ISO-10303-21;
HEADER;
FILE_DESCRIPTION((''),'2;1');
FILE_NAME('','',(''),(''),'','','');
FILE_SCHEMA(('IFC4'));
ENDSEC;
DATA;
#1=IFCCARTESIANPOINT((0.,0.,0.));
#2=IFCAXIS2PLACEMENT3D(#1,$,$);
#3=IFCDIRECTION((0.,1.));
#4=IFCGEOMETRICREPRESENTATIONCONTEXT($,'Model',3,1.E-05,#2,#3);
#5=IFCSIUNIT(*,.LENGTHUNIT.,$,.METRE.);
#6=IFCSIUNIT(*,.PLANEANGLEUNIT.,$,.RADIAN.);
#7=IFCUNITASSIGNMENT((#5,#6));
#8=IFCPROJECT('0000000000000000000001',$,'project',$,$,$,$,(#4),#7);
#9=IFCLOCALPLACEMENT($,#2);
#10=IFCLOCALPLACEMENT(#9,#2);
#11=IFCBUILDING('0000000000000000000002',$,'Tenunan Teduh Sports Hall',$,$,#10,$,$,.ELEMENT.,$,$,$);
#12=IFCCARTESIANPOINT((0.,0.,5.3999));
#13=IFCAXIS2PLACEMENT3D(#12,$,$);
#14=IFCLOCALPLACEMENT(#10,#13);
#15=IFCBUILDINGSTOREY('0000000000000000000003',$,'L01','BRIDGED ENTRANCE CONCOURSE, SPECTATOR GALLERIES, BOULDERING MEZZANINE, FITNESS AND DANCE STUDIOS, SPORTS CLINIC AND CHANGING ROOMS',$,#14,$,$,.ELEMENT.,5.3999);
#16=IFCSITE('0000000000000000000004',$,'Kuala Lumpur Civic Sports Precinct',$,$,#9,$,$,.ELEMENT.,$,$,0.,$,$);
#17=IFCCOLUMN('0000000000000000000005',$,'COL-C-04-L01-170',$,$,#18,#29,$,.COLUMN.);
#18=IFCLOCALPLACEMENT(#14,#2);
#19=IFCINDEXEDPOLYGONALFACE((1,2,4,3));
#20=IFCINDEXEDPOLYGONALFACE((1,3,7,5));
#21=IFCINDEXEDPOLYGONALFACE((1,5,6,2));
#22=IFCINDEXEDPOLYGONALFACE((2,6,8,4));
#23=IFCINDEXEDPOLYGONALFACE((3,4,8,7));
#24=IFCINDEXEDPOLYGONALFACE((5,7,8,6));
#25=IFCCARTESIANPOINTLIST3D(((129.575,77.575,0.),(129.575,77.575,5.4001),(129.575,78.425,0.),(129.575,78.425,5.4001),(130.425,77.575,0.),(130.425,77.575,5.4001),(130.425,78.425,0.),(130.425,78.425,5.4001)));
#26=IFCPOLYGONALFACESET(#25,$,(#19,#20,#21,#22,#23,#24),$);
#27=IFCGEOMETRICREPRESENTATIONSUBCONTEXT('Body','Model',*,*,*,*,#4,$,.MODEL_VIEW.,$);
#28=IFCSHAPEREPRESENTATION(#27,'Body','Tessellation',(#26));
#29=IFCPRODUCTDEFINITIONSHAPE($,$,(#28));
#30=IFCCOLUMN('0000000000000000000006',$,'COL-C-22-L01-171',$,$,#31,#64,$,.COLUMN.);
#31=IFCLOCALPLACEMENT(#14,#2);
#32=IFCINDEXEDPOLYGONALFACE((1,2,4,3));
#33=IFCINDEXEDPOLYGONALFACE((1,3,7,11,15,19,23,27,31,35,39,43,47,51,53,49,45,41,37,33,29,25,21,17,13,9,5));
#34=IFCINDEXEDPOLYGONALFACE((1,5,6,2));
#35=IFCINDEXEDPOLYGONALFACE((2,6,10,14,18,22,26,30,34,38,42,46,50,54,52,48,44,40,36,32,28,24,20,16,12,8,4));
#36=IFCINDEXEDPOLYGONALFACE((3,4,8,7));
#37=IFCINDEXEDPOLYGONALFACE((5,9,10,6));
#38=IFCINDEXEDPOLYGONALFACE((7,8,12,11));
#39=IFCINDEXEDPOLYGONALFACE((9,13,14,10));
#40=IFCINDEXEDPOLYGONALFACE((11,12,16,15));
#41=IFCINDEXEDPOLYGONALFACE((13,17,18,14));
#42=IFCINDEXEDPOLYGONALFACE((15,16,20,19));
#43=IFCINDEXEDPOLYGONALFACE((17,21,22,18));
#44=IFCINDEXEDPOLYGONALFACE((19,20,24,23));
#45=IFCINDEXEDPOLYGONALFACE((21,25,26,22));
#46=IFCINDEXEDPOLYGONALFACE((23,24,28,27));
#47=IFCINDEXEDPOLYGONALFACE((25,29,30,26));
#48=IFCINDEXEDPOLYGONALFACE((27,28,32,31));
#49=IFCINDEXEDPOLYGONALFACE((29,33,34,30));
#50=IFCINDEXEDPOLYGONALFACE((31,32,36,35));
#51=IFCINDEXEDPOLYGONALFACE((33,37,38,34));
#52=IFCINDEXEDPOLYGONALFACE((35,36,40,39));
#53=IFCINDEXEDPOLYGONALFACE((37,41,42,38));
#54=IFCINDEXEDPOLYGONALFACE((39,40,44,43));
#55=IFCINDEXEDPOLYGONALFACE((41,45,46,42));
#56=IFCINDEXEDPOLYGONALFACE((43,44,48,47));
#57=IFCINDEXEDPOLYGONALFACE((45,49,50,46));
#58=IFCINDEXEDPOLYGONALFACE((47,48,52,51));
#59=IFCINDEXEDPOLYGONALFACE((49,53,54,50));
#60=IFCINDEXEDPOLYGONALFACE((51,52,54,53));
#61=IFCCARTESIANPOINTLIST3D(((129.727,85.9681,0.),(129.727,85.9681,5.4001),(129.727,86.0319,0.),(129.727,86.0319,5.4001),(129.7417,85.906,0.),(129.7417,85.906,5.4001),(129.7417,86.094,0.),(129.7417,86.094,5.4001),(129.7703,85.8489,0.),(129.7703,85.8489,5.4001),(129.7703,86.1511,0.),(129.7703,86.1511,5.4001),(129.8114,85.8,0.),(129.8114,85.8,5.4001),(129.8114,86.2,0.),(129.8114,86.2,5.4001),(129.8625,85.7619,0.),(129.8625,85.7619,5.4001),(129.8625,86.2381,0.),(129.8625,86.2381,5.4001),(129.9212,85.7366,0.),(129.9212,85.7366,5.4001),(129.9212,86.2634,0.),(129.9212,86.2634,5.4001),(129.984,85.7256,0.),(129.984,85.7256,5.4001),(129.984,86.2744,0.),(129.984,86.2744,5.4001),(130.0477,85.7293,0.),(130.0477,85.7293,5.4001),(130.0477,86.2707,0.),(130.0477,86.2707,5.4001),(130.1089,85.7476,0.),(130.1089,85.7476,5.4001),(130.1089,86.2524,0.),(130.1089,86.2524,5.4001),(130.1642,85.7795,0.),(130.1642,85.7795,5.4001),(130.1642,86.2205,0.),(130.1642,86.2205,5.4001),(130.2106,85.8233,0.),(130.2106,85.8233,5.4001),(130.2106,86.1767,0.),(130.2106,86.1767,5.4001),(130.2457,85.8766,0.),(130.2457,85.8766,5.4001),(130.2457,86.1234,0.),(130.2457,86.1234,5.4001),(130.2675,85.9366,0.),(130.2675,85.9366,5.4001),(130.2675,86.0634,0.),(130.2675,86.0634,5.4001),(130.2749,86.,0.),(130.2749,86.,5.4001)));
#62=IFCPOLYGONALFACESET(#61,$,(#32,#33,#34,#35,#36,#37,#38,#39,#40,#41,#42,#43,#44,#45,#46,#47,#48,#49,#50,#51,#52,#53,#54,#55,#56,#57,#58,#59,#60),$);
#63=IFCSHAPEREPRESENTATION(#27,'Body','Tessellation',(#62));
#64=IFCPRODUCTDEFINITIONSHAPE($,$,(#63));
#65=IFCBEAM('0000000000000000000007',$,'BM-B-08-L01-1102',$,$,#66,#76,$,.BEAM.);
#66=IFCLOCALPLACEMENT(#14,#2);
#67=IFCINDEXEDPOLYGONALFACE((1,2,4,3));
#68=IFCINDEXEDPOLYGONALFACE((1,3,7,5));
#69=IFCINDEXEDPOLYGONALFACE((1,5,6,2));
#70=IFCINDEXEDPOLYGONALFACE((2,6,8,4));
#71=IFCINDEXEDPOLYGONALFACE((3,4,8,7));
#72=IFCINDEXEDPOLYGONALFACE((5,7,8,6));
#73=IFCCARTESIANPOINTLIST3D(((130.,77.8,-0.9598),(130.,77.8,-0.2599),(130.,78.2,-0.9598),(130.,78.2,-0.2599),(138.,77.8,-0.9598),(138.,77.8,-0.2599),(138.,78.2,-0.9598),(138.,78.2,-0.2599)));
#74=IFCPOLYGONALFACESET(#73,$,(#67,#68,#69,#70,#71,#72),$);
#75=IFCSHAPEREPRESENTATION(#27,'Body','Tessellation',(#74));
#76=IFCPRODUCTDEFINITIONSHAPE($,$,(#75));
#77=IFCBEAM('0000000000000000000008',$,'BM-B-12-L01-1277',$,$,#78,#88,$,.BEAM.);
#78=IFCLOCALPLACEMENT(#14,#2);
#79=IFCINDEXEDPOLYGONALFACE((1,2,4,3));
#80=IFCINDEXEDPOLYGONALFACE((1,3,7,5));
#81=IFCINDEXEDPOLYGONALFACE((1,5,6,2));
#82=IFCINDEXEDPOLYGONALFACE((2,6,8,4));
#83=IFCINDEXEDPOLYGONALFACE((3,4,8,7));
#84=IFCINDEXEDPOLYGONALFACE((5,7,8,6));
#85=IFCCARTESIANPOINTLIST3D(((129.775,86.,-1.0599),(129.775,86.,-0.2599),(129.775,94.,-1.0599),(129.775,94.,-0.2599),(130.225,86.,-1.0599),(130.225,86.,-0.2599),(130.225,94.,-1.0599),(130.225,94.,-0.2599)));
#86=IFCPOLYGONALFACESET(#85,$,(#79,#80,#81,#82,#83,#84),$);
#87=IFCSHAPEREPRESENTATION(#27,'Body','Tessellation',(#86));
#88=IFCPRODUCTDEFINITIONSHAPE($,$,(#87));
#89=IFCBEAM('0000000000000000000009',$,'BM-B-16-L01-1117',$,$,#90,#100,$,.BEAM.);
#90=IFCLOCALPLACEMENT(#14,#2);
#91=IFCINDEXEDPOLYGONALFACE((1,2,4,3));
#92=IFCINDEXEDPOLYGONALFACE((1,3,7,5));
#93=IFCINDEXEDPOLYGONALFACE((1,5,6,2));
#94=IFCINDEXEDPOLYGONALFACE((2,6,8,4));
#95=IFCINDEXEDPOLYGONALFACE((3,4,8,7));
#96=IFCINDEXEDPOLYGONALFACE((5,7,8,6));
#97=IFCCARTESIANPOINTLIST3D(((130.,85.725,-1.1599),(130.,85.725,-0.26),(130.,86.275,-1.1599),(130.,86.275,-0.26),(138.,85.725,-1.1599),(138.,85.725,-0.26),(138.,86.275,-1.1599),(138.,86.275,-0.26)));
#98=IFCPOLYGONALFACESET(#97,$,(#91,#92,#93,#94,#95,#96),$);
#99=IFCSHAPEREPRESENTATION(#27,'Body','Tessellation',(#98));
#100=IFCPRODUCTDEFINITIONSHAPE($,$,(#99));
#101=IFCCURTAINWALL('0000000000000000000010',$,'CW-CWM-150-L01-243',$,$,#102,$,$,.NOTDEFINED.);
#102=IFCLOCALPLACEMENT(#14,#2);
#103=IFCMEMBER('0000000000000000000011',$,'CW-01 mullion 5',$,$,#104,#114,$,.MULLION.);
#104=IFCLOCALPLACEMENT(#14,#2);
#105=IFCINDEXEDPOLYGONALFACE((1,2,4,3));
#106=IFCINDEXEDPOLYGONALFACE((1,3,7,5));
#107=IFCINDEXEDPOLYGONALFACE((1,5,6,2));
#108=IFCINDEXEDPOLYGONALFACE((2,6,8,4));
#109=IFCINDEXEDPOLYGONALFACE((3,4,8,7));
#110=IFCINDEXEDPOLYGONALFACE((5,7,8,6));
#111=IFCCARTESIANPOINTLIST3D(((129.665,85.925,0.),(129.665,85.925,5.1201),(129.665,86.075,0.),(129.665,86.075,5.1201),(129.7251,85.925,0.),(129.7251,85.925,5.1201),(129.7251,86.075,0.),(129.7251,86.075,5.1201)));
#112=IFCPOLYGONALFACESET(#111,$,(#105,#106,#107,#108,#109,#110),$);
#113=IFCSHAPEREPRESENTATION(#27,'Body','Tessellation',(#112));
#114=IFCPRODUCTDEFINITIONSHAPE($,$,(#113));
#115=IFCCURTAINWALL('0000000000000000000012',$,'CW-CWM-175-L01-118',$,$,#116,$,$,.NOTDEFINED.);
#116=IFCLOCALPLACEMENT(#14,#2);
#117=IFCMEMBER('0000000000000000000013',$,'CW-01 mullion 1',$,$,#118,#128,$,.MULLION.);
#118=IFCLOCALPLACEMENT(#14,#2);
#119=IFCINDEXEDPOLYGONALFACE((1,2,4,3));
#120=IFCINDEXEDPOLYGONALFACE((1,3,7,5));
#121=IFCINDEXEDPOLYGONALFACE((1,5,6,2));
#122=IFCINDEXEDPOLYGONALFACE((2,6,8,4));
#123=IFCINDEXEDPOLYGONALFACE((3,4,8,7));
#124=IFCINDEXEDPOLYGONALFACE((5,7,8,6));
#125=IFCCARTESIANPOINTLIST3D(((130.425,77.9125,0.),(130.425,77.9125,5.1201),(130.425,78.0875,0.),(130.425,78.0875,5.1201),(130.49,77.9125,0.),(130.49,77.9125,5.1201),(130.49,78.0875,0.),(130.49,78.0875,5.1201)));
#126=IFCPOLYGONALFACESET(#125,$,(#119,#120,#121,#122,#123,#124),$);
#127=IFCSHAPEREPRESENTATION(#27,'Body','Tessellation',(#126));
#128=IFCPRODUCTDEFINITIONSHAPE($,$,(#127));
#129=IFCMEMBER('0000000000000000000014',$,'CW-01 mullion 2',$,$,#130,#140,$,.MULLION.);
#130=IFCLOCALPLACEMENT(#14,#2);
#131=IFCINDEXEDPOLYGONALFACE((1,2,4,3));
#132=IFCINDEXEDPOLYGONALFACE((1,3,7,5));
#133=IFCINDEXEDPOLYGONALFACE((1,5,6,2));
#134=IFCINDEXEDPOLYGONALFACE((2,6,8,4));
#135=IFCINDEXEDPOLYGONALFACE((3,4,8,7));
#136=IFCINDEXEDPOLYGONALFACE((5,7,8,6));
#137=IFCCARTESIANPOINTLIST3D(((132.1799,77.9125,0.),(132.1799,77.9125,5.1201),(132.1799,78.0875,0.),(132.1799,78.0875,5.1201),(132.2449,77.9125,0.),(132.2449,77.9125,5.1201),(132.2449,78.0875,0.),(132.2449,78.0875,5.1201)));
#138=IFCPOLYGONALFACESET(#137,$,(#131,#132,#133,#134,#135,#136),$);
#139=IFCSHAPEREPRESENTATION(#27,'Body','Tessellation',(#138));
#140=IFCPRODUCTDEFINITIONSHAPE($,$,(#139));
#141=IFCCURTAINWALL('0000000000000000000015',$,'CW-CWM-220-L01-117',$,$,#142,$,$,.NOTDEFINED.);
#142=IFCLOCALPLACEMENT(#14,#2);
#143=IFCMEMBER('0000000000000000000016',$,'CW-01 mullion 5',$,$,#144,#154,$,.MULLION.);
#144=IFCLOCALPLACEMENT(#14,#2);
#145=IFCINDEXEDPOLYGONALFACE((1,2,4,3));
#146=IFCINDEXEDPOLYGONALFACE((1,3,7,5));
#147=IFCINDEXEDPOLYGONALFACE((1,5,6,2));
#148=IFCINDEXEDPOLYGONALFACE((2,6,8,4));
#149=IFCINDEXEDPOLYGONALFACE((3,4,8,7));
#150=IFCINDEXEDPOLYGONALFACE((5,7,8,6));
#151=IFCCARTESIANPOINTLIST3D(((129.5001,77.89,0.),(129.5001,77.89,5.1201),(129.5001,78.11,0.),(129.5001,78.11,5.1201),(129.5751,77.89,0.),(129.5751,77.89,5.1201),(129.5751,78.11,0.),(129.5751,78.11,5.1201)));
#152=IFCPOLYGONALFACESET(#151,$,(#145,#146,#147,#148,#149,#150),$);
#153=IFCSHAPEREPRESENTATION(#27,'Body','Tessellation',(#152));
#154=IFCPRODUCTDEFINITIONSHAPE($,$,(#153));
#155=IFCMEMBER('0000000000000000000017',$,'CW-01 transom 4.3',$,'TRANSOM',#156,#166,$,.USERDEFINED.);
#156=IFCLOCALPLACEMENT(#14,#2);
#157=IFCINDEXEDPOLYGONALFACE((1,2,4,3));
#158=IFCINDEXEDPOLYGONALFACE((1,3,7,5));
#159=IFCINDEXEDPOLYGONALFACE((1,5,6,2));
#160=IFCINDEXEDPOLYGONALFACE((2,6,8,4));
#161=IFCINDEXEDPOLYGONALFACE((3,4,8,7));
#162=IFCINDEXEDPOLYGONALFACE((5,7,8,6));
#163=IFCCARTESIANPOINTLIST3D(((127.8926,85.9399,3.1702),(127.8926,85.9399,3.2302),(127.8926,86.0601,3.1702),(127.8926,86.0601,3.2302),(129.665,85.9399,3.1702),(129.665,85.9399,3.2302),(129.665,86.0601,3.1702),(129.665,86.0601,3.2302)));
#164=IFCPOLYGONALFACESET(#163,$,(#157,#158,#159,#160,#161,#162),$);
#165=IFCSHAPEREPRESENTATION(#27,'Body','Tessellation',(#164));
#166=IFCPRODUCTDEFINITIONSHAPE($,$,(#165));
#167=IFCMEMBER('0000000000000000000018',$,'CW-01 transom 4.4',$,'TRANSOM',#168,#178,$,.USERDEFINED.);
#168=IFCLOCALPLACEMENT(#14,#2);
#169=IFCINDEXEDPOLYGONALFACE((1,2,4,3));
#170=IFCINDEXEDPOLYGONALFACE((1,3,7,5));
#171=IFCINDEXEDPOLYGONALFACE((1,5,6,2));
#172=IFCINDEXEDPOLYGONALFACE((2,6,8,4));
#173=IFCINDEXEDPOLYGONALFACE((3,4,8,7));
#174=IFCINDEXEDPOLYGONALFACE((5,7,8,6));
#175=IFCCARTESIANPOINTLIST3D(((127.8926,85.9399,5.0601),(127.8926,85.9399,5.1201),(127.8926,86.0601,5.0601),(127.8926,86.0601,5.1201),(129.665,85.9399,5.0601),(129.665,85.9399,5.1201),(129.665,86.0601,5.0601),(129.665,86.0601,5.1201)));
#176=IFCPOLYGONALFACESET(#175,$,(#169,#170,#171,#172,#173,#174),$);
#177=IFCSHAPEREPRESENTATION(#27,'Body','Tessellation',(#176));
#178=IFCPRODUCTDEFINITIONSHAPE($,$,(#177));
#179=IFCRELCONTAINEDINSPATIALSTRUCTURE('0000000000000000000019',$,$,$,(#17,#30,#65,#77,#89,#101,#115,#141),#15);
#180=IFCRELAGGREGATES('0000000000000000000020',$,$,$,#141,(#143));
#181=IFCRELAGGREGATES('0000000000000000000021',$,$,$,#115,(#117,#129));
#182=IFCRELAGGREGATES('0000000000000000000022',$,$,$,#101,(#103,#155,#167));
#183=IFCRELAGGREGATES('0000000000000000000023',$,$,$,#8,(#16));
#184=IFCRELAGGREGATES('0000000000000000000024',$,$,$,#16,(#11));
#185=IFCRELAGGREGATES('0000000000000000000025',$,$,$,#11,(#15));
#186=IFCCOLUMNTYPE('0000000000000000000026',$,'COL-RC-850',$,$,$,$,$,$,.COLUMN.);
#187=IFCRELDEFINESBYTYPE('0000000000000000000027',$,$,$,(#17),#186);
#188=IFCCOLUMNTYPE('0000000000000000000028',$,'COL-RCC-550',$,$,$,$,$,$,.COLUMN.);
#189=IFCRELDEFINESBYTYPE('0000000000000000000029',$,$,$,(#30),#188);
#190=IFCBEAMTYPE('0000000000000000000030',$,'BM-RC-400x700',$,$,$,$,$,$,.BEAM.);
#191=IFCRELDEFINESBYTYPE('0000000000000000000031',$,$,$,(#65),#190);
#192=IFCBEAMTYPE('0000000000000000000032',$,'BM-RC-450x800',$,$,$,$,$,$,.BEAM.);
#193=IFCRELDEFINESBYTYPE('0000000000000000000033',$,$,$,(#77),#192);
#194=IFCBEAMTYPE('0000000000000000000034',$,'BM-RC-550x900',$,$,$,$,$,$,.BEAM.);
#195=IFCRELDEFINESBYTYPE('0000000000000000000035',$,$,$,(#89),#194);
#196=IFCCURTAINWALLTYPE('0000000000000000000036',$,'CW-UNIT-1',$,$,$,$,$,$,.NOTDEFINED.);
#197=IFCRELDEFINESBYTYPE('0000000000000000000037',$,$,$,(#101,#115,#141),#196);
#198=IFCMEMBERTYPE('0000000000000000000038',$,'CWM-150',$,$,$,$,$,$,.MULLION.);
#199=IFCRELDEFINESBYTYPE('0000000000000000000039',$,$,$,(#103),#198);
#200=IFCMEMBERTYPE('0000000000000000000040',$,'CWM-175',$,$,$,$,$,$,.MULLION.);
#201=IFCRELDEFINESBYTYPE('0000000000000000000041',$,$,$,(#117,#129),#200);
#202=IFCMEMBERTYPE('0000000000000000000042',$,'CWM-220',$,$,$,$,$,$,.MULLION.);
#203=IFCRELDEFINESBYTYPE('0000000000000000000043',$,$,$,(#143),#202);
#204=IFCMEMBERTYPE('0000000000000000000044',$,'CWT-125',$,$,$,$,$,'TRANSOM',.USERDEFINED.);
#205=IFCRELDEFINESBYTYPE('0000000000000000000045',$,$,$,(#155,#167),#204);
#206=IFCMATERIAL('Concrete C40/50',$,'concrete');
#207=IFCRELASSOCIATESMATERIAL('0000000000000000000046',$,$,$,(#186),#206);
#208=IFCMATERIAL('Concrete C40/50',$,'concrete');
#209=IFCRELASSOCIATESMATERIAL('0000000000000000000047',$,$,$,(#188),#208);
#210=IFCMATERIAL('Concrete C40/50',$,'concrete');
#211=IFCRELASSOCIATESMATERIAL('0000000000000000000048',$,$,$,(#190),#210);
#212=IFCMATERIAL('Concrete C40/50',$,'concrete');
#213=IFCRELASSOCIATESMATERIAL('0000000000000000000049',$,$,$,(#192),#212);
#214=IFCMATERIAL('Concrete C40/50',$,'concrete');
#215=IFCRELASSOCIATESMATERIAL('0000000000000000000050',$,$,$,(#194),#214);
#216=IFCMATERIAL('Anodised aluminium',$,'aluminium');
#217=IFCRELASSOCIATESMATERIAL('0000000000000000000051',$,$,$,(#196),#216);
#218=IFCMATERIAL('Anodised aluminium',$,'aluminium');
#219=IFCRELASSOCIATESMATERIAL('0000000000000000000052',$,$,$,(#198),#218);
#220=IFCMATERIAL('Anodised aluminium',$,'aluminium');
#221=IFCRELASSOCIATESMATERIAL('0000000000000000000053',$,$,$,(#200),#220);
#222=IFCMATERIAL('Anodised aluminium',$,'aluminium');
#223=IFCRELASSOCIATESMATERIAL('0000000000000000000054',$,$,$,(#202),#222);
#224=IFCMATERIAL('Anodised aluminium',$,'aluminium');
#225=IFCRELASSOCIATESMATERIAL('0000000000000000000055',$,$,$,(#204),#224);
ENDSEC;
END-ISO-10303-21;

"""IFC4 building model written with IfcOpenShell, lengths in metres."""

from ifc_helpers import new_model, si_unit, direction, frame, origin, origin_2d, place, context, subcontext, project, spatial, rectangle, circle, extrude, material, material_profile, profile_set, type_object, element, aggregate, save


model = new_model("IFC4")

# Units and contexts
model_context = context("Model", 3, precision=1e-05, world=origin(), true_north=direction((0.0, 1.0)))
body_context = subcontext(model_context, "Body", "Model", "MODEL_VIEW")
ifc_project = project(units=[si_unit("LENGTHUNIT", "METRE"), si_unit("PLANEANGLEUNIT", "RADIAN")], contexts=[model_context])

# Site, building, storey
site_placement = place(None, origin())
site = spatial("IfcSite", under=ifc_project, at=site_placement, Name="Kuala Lumpur Civic Sports Precinct", CompositionType="ELEMENT", RefElevation=0.0)
building_placement = place(site_placement, origin())
building = spatial("IfcBuilding", under=site, at=building_placement, Name="Tenunan Teduh Sports Hall", CompositionType="ELEMENT")
storey_placement = place(building_placement, frame((0.0, 0.0, 5.3999)))
storey = spatial("IfcBuildingStorey", under=building, at=storey_placement, Name="L01", Description="BRIDGED ENTRANCE CONCOURSE, SPECTATOR GALLERIES, BOULDERING MEZZANINE, FITNESS AND DANCE STUDIOS, SPORTS CLINIC AND CHANGING ROOMS", CompositionType="ELEMENT", Elevation=5.3999)

# Columns
ifc_material_1 = material(Name="Concrete C40/50", Category="concrete")
ifc_material_profile_1 = material_profile(ifc_material_1, rectangle(XDim=0.8501, YDim=0.8501, at=origin_2d()), Name="RC 850x850")
ifc_profile_set_1 = profile_set([ifc_material_profile_1], Name="Concrete C40/50")
column_type_1 = type_object("IfcColumnType", Name="COL-RC-850", PredefinedType="COLUMN", material=ifc_profile_set_1)
column_1_placement = place(storey_placement, frame((130.0, 78.0, 0.0), z_axis=(0.0, 0.0, 1.0), x_axis=(1.0, 0.0, 0.0)))
element("IfcColumn", 1, at=column_1_placement, inside=storey, type_object=column_type_1, Name="COL-C-04-L01-170", PredefinedType="COLUMN", context=body_context, shape_type="SweptSolid", body=[
    extrude(rectangle(XDim=0.8501, YDim=0.8501, at=origin_2d()), origin(), (0.0, 0.0, 1.0), 5.4001),
])
ifc_material_2 = material(Name="Concrete C40/50", Category="concrete")
ifc_material_profile_2 = material_profile(ifc_material_2, circle(Radius=0.2749, at=origin_2d()), Name="RCC D550")
ifc_profile_set_2 = profile_set([ifc_material_profile_2], Name="Concrete C40/50")
column_type_2 = type_object("IfcColumnType", Name="COL-RCC-550", PredefinedType="COLUMN", material=ifc_profile_set_2)
column_2_placement = place(storey_placement, frame((130.0, 86.0, 0.0), z_axis=(0.0, 0.0, 1.0), x_axis=(1.0, 0.0, 0.0)))
element("IfcColumn", 2, at=column_2_placement, inside=storey, type_object=column_type_2, Name="COL-C-22-L01-171", PredefinedType="COLUMN", context=body_context, shape_type="SweptSolid", body=[
    extrude(circle(Radius=0.2749, at=origin_2d()), origin(), (0.0, 0.0, 1.0), 5.4001),
])

# Beams
ifc_material_3 = material(Name="Concrete C40/50", Category="concrete")
ifc_material_profile_3 = material_profile(ifc_material_3, rectangle(XDim=0.3999, YDim=0.7, at=origin_2d()), Name="RCB 400x700")
ifc_profile_set_3 = profile_set([ifc_material_profile_3], Name="Concrete C40/50")
beam_type_1 = type_object("IfcBeamType", Name="BM-RC-400x700", PredefinedType="BEAM", material=ifc_profile_set_3)
beam_1_placement = place(storey_placement, frame((130.0, 78.0, -0.6099), z_axis=(1.0, 0.0, 0.0), x_axis=(0.0, 1.0, 0.0)))
element("IfcBeam", 3, at=beam_1_placement, inside=storey, type_object=beam_type_1, Name="BM-B-08-L01-1102", PredefinedType="BEAM", context=body_context, shape_type="SweptSolid", body=[
    extrude(rectangle(XDim=0.3999, YDim=0.7, at=origin_2d()), origin(), (0.0, 0.0, 1.0), 8.0),
])
ifc_material_4 = material(Name="Concrete C40/50", Category="concrete")
ifc_material_profile_4 = material_profile(ifc_material_4, rectangle(XDim=0.45, YDim=0.8, at=origin_2d()), Name="RCB 450x800")
ifc_profile_set_4 = profile_set([ifc_material_profile_4], Name="Concrete C40/50")
beam_type_2 = type_object("IfcBeamType", Name="BM-RC-450x800", PredefinedType="BEAM", material=ifc_profile_set_4)
beam_2_placement = place(storey_placement, frame((130.0, 86.0, -0.6599), z_axis=(0.0, 1.0, 0.0), x_axis=(-1.0, 0.0, 0.0)))
element("IfcBeam", 4, at=beam_2_placement, inside=storey, type_object=beam_type_2, Name="BM-B-12-L01-1277", PredefinedType="BEAM", context=body_context, shape_type="SweptSolid", body=[
    extrude(rectangle(XDim=0.45, YDim=0.8, at=origin_2d()), origin(), (0.0, 0.0, 1.0), 8.0),
])
ifc_material_5 = material(Name="Concrete C40/50", Category="concrete")
ifc_material_profile_5 = material_profile(ifc_material_5, rectangle(XDim=0.55, YDim=0.8999, at=origin_2d()), Name="RCB 550x900")
ifc_profile_set_5 = profile_set([ifc_material_profile_5], Name="Concrete C40/50")
beam_type_3 = type_object("IfcBeamType", Name="BM-RC-550x900", PredefinedType="BEAM", material=ifc_profile_set_5)
beam_3_placement = place(storey_placement, frame((130.0, 86.0, -0.71), z_axis=(1.0, 0.0, 0.0), x_axis=(0.0, 1.0, 0.0)))
element("IfcBeam", 5, at=beam_3_placement, inside=storey, type_object=beam_type_3, Name="BM-B-16-L01-1117", PredefinedType="BEAM", context=body_context, shape_type="SweptSolid", body=[
    extrude(rectangle(XDim=0.55, YDim=0.8999, at=origin_2d()), origin(), (0.0, 0.0, 1.0), 8.0),
])

# Curtain wall, member
ifc_material_6 = material(Name="Anodised aluminium", Category="aluminium")
curtain_wall_type = type_object("IfcCurtainWallType", Name="CW-UNIT-1", PredefinedType="NOTDEFINED", material=ifc_material_6)
curtain_wall_1_placement = place(storey_placement, origin())
curtain_wall_1 = element("IfcCurtainWall", 6, at=curtain_wall_1_placement, inside=storey, type_object=curtain_wall_type, Name="CW-CWM-150-L01-243", PredefinedType="NOTDEFINED")
ifc_material_7 = material(Name="Anodised aluminium", Category="aluminium")
ifc_material_profile_6 = material_profile(ifc_material_7, rectangle(XDim=0.0601, YDim=0.1499, at=origin_2d()), Name="CWM 60x150")
ifc_profile_set_6 = profile_set([ifc_material_profile_6], Name="Anodised aluminium")
member_type_1 = type_object("IfcMemberType", Name="CWM-150", PredefinedType="MULLION", material=ifc_profile_set_6)
member_1_placement = place(storey_placement, frame((129.6951, 86.0, 0.0), z_axis=(0.0, 0.0, 1.0), x_axis=(1.0, 0.0, 0.0)))
member_1 = element("IfcMember", 7, at=member_1_placement, type_object=member_type_1, Name="CW-01 mullion 5", PredefinedType="MULLION", context=body_context, shape_type="SweptSolid", body=[
    extrude(rectangle(XDim=0.0601, YDim=0.1499, at=origin_2d()), origin(), (0.0, 0.0, 1.0), 5.1201),
])

# Curtain wall, members
curtain_wall_2_placement = place(storey_placement, origin())
curtain_wall_2 = element("IfcCurtainWall", 8, at=curtain_wall_2_placement, inside=storey, type_object=curtain_wall_type, Name="CW-CWM-175-L01-118", PredefinedType="NOTDEFINED")
ifc_material_8 = material(Name="Anodised aluminium", Category="aluminium")
ifc_material_profile_7 = material_profile(ifc_material_8, rectangle(XDim=0.0649, YDim=0.175, at=origin_2d()), Name="CWM 65x175")
ifc_profile_set_7 = profile_set([ifc_material_profile_7], Name="Anodised aluminium")
member_type_2 = type_object("IfcMemberType", Name="CWM-175", PredefinedType="MULLION", material=ifc_profile_set_7)
member_2_placement = place(storey_placement, frame((130.4575, 78.0, 0.0), z_axis=(0.0, 0.0, 1.0), x_axis=(1.0, 0.0, 0.0)))
member_2 = element("IfcMember", 9, at=member_2_placement, type_object=member_type_2, Name="CW-01 mullion 1", PredefinedType="MULLION", context=body_context, shape_type="SweptSolid", body=[
    extrude(rectangle(XDim=0.0649, YDim=0.175, at=origin_2d()), origin(), (0.0, 0.0, 1.0), 5.1201),
])
member_3_placement = place(storey_placement, frame((132.2124, 78.0, 0.0), z_axis=(0.0, 0.0, 1.0), x_axis=(1.0, 0.0, 0.0)))
member_3 = element("IfcMember", 10, at=member_3_placement, type_object=member_type_2, Name="CW-01 mullion 2", PredefinedType="MULLION", context=body_context, shape_type="SweptSolid", body=[
    extrude(rectangle(XDim=0.0649, YDim=0.175, at=origin_2d()), origin(), (0.0, 0.0, 1.0), 5.1201),
])

# Curtain wall, member
curtain_wall_3_placement = place(storey_placement, origin())
curtain_wall_3 = element("IfcCurtainWall", 11, at=curtain_wall_3_placement, inside=storey, type_object=curtain_wall_type, Name="CW-CWM-220-L01-117", PredefinedType="NOTDEFINED")
ifc_material_9 = material(Name="Anodised aluminium", Category="aluminium")
ifc_material_profile_8 = material_profile(ifc_material_9, rectangle(XDim=0.075, YDim=0.22, at=origin_2d()), Name="CWM 75x220")
ifc_profile_set_8 = profile_set([ifc_material_profile_8], Name="Anodised aluminium")
member_type_3 = type_object("IfcMemberType", Name="CWM-220", PredefinedType="MULLION", material=ifc_profile_set_8)
member_4_placement = place(storey_placement, frame((129.5376, 78.0, 0.0), z_axis=(0.0, 0.0, 1.0), x_axis=(1.0, 0.0, 0.0)))
member_4 = element("IfcMember", 12, at=member_4_placement, type_object=member_type_3, Name="CW-01 mullion 5", PredefinedType="MULLION", context=body_context, shape_type="SweptSolid", body=[
    extrude(rectangle(XDim=0.075, YDim=0.22, at=origin_2d()), origin(), (0.0, 0.0, 1.0), 5.1201),
])

# Members
ifc_material_10 = material(Name="Anodised aluminium", Category="aluminium")
ifc_material_profile_9 = material_profile(ifc_material_10, rectangle(XDim=0.0601, YDim=0.1201, at=origin_2d()), Name="CWT 60x120")
ifc_profile_set_9 = profile_set([ifc_material_profile_9], Name="Anodised aluminium")
member_type_4 = type_object("IfcMemberType", Name="CWT-125", ElementType="TRANSOM", PredefinedType="USERDEFINED", material=ifc_profile_set_9)
member_5_placement = place(storey_placement, frame((127.8926, 86.0, 3.2002), z_axis=(1.0, 0.0, 0.0), x_axis=(0.0, 0.0, 1.0)))
member_5 = element("IfcMember", 13, at=member_5_placement, type_object=member_type_4, Name="CW-01 transom 4.3", ObjectType="TRANSOM", PredefinedType="USERDEFINED", context=body_context, shape_type="SweptSolid", body=[
    extrude(rectangle(XDim=0.0601, YDim=0.1201, at=origin_2d()), origin(), (0.0, 0.0, 1.0), 1.7725),
])
member_6_placement = place(storey_placement, frame((127.8926, 86.0, 5.0901), z_axis=(1.0, 0.0, 0.0), x_axis=(0.0, 0.0, 1.0)))
member_6 = element("IfcMember", 14, at=member_6_placement, type_object=member_type_4, Name="CW-01 transom 4.4", ObjectType="TRANSOM", PredefinedType="USERDEFINED", context=body_context, shape_type="SweptSolid", body=[
    extrude(rectangle(XDim=0.0601, YDim=0.1201, at=origin_2d()), origin(), (0.0, 0.0, 1.0), 1.7725),
])

aggregate(curtain_wall_3, [member_4])
aggregate(curtain_wall_2, [member_2, member_3])
aggregate(curtain_wall_1, [member_1, member_5, member_6])

save(model, "model.ifc")
